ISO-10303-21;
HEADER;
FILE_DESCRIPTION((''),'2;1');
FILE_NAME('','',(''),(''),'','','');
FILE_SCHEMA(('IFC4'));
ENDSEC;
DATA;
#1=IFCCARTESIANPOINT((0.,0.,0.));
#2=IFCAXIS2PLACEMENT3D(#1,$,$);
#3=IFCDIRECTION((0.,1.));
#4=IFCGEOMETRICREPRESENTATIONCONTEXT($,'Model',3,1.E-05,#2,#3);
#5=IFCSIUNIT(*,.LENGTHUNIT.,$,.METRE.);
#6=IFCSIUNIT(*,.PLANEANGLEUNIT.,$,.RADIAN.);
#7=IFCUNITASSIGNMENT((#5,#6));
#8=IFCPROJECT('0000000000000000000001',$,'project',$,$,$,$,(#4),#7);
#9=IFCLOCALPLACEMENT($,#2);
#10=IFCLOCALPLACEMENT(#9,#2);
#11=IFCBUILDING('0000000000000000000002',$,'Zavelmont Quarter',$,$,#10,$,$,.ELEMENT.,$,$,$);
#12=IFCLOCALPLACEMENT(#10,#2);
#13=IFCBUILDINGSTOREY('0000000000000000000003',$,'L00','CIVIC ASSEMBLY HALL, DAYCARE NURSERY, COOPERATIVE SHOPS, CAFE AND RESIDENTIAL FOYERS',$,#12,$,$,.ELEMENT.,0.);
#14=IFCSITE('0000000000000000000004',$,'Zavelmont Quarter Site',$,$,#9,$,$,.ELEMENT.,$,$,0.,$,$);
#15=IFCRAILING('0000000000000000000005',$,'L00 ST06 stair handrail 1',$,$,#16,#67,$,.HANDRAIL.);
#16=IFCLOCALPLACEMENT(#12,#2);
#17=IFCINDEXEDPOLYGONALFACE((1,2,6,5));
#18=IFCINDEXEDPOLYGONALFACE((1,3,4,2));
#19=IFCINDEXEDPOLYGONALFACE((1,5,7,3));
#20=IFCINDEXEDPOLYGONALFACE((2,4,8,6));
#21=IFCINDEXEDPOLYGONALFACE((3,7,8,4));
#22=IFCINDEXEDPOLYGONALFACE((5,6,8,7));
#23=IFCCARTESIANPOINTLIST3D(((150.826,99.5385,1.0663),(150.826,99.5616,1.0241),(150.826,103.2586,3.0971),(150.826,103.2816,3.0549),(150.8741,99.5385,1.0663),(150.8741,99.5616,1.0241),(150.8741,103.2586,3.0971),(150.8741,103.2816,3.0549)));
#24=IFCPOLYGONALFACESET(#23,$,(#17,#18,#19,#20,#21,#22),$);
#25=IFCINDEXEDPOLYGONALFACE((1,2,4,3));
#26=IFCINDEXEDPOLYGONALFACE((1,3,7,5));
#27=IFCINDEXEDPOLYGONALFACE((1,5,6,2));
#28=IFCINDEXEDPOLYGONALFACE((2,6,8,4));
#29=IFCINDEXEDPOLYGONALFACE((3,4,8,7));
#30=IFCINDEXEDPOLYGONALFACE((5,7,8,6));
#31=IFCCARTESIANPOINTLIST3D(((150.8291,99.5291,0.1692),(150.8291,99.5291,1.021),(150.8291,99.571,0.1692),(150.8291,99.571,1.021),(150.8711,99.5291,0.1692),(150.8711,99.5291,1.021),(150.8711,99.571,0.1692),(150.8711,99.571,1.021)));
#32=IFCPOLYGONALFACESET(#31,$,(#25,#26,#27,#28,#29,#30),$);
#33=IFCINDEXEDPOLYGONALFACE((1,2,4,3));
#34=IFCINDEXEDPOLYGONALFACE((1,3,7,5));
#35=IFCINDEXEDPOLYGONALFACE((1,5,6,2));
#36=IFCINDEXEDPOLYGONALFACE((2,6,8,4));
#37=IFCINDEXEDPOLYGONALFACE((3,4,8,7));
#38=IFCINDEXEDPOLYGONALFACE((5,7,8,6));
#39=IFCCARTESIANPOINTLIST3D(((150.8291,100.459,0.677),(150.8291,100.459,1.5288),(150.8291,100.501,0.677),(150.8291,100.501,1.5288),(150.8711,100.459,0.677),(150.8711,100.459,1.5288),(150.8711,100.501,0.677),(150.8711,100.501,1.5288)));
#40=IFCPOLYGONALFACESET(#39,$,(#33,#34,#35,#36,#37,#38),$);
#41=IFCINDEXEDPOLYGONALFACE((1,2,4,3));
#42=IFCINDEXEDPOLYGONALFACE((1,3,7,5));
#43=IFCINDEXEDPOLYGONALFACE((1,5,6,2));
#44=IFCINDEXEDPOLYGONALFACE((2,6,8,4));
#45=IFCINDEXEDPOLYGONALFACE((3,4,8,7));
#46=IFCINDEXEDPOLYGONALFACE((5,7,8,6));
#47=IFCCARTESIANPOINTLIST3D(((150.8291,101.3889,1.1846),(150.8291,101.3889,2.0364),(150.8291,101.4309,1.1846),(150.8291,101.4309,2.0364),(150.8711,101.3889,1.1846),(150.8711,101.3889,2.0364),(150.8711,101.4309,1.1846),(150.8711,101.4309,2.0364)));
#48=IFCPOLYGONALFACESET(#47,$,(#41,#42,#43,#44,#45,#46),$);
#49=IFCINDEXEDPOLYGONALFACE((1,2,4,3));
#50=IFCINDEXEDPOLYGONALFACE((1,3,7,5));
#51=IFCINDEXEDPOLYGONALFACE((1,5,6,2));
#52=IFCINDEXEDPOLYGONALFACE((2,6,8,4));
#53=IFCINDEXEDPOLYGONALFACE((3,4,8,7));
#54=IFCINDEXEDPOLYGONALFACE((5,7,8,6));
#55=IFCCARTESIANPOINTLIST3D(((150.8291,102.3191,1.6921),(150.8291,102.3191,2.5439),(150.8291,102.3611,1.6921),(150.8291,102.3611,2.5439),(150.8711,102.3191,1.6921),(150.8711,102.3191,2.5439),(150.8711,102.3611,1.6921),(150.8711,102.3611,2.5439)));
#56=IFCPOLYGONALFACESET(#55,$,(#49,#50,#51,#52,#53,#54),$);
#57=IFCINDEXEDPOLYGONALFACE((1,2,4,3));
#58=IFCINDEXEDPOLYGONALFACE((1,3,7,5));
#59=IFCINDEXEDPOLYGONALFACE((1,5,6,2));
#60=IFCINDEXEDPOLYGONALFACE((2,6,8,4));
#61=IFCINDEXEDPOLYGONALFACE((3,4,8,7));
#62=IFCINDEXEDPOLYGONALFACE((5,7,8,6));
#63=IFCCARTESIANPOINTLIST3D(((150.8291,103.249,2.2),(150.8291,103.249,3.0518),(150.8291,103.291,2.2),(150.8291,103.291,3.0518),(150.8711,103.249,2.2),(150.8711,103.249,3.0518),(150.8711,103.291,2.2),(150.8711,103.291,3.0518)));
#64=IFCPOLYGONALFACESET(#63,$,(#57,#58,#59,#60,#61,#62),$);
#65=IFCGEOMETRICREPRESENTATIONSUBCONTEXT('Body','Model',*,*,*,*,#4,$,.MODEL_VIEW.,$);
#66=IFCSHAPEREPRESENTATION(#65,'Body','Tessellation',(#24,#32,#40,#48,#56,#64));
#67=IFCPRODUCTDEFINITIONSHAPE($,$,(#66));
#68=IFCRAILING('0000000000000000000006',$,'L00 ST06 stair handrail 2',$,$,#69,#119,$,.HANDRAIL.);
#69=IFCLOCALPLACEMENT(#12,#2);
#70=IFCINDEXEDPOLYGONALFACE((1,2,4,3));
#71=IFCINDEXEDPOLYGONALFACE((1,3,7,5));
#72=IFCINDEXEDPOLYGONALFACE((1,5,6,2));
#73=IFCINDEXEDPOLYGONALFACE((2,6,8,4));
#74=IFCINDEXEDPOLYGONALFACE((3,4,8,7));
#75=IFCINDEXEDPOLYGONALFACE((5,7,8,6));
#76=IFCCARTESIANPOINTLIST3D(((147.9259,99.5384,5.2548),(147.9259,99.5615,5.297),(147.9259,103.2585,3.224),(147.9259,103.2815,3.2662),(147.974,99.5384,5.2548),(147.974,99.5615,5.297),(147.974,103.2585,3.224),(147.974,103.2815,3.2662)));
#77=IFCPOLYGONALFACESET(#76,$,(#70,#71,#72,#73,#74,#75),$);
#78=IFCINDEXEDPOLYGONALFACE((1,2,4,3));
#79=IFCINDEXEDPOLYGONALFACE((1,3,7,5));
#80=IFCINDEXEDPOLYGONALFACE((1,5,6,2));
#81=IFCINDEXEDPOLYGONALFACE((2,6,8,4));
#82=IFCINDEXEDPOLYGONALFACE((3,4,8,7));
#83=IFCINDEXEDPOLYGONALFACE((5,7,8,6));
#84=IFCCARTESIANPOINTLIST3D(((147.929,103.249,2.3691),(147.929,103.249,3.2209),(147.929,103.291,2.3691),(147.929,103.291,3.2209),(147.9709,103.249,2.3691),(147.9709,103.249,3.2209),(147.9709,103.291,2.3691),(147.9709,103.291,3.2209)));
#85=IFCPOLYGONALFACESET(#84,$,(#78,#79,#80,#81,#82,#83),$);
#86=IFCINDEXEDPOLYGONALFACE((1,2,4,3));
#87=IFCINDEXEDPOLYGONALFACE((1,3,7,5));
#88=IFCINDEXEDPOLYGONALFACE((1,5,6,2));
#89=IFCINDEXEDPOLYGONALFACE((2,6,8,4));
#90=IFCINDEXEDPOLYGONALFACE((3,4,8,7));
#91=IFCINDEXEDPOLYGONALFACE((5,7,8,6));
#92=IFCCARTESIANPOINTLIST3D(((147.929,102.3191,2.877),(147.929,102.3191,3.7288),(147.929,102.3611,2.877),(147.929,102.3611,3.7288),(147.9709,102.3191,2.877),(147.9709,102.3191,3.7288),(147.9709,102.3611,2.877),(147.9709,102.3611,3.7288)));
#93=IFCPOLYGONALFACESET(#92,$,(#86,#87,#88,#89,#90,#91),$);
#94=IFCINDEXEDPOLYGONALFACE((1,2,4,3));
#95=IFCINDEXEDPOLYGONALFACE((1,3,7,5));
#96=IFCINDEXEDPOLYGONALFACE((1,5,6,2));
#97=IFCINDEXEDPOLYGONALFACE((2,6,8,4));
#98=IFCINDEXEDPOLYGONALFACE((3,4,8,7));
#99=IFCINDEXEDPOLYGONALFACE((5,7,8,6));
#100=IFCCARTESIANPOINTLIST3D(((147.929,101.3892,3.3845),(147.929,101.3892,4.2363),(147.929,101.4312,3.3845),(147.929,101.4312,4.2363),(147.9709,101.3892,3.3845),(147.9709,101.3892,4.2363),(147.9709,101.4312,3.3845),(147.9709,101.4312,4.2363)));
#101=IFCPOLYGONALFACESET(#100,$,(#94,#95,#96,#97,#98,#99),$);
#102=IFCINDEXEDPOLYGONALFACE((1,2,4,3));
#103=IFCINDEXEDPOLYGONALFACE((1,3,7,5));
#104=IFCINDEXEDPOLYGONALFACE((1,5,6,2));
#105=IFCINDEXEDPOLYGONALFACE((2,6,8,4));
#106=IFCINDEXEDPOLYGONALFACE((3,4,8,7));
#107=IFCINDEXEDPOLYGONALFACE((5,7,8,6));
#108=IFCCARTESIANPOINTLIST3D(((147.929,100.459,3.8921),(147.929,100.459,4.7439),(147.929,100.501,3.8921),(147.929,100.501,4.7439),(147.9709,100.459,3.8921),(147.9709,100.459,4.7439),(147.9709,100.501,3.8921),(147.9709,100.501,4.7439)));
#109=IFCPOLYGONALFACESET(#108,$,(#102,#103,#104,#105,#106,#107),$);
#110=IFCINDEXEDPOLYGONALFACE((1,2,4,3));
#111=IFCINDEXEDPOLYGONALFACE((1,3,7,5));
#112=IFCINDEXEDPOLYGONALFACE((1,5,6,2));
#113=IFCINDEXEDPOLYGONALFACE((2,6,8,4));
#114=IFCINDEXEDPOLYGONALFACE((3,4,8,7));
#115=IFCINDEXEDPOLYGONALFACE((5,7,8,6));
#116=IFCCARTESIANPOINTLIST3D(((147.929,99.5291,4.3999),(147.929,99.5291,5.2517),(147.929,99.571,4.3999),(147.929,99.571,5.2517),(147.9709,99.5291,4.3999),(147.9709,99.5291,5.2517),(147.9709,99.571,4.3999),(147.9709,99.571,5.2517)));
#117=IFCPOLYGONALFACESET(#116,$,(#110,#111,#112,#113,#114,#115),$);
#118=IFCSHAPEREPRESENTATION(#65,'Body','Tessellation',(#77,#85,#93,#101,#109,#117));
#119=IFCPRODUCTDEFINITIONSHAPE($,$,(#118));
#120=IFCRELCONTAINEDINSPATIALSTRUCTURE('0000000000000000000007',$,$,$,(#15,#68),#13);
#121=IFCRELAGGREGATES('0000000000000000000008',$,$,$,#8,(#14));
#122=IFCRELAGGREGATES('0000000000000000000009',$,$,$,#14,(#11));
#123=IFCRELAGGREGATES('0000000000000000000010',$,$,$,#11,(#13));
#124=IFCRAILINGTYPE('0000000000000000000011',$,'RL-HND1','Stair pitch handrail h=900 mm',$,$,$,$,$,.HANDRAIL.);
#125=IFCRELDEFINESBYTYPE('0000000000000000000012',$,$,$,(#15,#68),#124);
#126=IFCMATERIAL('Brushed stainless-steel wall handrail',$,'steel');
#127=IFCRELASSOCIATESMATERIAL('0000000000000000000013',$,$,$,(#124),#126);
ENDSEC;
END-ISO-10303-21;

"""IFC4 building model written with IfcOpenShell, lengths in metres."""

from ifc_helpers import new_model, si_unit, direction, frame, origin, origin_2d, place, context, subcontext, project, spatial, rectangle, extrude, material, type_object, element, save


model = new_model("IFC4")

# Units and contexts
model_context = context("Model", 3, precision=1e-05, world=origin(), true_north=direction((0.0, 1.0)))
body_context = subcontext(model_context, "Body", "Model", "MODEL_VIEW")
ifc_project = project(units=[si_unit("LENGTHUNIT", "METRE"), si_unit("PLANEANGLEUNIT", "RADIAN")], contexts=[model_context])

# Site, building, storey
site_placement = place(None, origin())
site = spatial("IfcSite", under=ifc_project, at=site_placement, Name="Zavelmont Quarter Site", CompositionType="ELEMENT", RefElevation=0.0)
building_placement = place(site_placement, origin())
building = spatial("IfcBuilding", under=site, at=building_placement, Name="Zavelmont Quarter", CompositionType="ELEMENT")
storey_placement = place(building_placement, origin())
storey = spatial("IfcBuildingStorey", under=building, at=storey_placement, Name="L00", Description="CIVIC ASSEMBLY HALL, DAYCARE NURSERY, COOPERATIVE SHOPS, CAFE AND RESIDENTIAL FOYERS", CompositionType="ELEMENT", Elevation=0.0)

# Railings
ifc_material_1 = material(Name="Brushed stainless-steel wall handrail", Category="steel")
railing_type_1 = type_object("IfcRailingType", Name="RL-HND1", Description="Stair pitch handrail h=900 mm", PredefinedType="HANDRAIL", material=ifc_material_1)
railing_1_placement = place(storey_placement, frame((150.8501, 99.55, 0.1692)))
element("IfcRailing", 1, at=railing_1_placement, inside=storey, type_object=railing_type_1, Name="L00 ST06 stair handrail 1", PredefinedType="HANDRAIL", context=body_context, shape_type="SweptSolid", body=[
    extrude(rectangle(XDim=0.0481, YDim=0.0481, at=origin_2d()), frame((0.0, 0.0, 0.876), z_axis=(0.0, 0.877728, 0.479159), x_axis=(-1.0, 0.0, 0.0)), (0.0, 0.0, 1.0), 4.2383),
    extrude(rectangle(XDim=0.042, YDim=0.042, at=origin_2d()), origin(), (0.0, 0.0, 1.0), 0.8518),
    extrude(rectangle(XDim=0.042, YDim=0.042, at=origin_2d()), frame((0.0, 0.9299, 0.5078)), (0.0, 0.0, 1.0), 0.8518),
    extrude(rectangle(XDim=0.042, YDim=0.042, at=origin_2d()), frame((0.0, 1.8599, 1.0154)), (0.0, 0.0, 1.0), 0.8518),
    extrude(rectangle(XDim=0.042, YDim=0.042, at=origin_2d()), frame((0.0, 2.79, 1.5229)), (0.0, 0.0, 1.0), 0.8518),
    extrude(rectangle(XDim=0.042, YDim=0.042, at=origin_2d()), frame((0.0, 3.72, 2.0308)), (0.0, 0.0, 1.0), 0.8518),
])
railing_2_placement = place(storey_placement, frame((147.95, 103.27, 2.3691)))
element("IfcRailing", 2, at=railing_2_placement, inside=storey, type_object=railing_type_1, Name="L00 ST06 stair handrail 2", PredefinedType="HANDRAIL", context=body_context, shape_type="SweptSolid", body=[
    extrude(rectangle(XDim=0.0481, YDim=0.0481, at=origin_2d()), frame((0.0, 0.0, 0.876), z_axis=(0.0, -0.877728, 0.479159), x_axis=(1.0, 0.0, 0.0)), (0.0, 0.0, 1.0), 4.2383),
    extrude(rectangle(XDim=0.042, YDim=0.042, at=origin_2d()), origin(), (0.0, 0.0, 1.0), 0.8518),
    extrude(rectangle(XDim=0.042, YDim=0.042, at=origin_2d()), frame((0.0, -0.9299, 0.5078)), (0.0, 0.0, 1.0), 0.8518),
    extrude(rectangle(XDim=0.042, YDim=0.042, at=origin_2d()), frame((0.0, -1.8599, 1.0154)), (0.0, 0.0, 1.0), 0.8518),
    extrude(rectangle(XDim=0.042, YDim=0.042, at=origin_2d()), frame((0.0, -2.79, 1.5229)), (0.0, 0.0, 1.0), 0.8518),
    extrude(rectangle(XDim=0.042, YDim=0.042, at=origin_2d()), frame((0.0, -3.72, 2.0308)), (0.0, 0.0, 1.0), 0.8518),
])

save(model, "model.ifc")
